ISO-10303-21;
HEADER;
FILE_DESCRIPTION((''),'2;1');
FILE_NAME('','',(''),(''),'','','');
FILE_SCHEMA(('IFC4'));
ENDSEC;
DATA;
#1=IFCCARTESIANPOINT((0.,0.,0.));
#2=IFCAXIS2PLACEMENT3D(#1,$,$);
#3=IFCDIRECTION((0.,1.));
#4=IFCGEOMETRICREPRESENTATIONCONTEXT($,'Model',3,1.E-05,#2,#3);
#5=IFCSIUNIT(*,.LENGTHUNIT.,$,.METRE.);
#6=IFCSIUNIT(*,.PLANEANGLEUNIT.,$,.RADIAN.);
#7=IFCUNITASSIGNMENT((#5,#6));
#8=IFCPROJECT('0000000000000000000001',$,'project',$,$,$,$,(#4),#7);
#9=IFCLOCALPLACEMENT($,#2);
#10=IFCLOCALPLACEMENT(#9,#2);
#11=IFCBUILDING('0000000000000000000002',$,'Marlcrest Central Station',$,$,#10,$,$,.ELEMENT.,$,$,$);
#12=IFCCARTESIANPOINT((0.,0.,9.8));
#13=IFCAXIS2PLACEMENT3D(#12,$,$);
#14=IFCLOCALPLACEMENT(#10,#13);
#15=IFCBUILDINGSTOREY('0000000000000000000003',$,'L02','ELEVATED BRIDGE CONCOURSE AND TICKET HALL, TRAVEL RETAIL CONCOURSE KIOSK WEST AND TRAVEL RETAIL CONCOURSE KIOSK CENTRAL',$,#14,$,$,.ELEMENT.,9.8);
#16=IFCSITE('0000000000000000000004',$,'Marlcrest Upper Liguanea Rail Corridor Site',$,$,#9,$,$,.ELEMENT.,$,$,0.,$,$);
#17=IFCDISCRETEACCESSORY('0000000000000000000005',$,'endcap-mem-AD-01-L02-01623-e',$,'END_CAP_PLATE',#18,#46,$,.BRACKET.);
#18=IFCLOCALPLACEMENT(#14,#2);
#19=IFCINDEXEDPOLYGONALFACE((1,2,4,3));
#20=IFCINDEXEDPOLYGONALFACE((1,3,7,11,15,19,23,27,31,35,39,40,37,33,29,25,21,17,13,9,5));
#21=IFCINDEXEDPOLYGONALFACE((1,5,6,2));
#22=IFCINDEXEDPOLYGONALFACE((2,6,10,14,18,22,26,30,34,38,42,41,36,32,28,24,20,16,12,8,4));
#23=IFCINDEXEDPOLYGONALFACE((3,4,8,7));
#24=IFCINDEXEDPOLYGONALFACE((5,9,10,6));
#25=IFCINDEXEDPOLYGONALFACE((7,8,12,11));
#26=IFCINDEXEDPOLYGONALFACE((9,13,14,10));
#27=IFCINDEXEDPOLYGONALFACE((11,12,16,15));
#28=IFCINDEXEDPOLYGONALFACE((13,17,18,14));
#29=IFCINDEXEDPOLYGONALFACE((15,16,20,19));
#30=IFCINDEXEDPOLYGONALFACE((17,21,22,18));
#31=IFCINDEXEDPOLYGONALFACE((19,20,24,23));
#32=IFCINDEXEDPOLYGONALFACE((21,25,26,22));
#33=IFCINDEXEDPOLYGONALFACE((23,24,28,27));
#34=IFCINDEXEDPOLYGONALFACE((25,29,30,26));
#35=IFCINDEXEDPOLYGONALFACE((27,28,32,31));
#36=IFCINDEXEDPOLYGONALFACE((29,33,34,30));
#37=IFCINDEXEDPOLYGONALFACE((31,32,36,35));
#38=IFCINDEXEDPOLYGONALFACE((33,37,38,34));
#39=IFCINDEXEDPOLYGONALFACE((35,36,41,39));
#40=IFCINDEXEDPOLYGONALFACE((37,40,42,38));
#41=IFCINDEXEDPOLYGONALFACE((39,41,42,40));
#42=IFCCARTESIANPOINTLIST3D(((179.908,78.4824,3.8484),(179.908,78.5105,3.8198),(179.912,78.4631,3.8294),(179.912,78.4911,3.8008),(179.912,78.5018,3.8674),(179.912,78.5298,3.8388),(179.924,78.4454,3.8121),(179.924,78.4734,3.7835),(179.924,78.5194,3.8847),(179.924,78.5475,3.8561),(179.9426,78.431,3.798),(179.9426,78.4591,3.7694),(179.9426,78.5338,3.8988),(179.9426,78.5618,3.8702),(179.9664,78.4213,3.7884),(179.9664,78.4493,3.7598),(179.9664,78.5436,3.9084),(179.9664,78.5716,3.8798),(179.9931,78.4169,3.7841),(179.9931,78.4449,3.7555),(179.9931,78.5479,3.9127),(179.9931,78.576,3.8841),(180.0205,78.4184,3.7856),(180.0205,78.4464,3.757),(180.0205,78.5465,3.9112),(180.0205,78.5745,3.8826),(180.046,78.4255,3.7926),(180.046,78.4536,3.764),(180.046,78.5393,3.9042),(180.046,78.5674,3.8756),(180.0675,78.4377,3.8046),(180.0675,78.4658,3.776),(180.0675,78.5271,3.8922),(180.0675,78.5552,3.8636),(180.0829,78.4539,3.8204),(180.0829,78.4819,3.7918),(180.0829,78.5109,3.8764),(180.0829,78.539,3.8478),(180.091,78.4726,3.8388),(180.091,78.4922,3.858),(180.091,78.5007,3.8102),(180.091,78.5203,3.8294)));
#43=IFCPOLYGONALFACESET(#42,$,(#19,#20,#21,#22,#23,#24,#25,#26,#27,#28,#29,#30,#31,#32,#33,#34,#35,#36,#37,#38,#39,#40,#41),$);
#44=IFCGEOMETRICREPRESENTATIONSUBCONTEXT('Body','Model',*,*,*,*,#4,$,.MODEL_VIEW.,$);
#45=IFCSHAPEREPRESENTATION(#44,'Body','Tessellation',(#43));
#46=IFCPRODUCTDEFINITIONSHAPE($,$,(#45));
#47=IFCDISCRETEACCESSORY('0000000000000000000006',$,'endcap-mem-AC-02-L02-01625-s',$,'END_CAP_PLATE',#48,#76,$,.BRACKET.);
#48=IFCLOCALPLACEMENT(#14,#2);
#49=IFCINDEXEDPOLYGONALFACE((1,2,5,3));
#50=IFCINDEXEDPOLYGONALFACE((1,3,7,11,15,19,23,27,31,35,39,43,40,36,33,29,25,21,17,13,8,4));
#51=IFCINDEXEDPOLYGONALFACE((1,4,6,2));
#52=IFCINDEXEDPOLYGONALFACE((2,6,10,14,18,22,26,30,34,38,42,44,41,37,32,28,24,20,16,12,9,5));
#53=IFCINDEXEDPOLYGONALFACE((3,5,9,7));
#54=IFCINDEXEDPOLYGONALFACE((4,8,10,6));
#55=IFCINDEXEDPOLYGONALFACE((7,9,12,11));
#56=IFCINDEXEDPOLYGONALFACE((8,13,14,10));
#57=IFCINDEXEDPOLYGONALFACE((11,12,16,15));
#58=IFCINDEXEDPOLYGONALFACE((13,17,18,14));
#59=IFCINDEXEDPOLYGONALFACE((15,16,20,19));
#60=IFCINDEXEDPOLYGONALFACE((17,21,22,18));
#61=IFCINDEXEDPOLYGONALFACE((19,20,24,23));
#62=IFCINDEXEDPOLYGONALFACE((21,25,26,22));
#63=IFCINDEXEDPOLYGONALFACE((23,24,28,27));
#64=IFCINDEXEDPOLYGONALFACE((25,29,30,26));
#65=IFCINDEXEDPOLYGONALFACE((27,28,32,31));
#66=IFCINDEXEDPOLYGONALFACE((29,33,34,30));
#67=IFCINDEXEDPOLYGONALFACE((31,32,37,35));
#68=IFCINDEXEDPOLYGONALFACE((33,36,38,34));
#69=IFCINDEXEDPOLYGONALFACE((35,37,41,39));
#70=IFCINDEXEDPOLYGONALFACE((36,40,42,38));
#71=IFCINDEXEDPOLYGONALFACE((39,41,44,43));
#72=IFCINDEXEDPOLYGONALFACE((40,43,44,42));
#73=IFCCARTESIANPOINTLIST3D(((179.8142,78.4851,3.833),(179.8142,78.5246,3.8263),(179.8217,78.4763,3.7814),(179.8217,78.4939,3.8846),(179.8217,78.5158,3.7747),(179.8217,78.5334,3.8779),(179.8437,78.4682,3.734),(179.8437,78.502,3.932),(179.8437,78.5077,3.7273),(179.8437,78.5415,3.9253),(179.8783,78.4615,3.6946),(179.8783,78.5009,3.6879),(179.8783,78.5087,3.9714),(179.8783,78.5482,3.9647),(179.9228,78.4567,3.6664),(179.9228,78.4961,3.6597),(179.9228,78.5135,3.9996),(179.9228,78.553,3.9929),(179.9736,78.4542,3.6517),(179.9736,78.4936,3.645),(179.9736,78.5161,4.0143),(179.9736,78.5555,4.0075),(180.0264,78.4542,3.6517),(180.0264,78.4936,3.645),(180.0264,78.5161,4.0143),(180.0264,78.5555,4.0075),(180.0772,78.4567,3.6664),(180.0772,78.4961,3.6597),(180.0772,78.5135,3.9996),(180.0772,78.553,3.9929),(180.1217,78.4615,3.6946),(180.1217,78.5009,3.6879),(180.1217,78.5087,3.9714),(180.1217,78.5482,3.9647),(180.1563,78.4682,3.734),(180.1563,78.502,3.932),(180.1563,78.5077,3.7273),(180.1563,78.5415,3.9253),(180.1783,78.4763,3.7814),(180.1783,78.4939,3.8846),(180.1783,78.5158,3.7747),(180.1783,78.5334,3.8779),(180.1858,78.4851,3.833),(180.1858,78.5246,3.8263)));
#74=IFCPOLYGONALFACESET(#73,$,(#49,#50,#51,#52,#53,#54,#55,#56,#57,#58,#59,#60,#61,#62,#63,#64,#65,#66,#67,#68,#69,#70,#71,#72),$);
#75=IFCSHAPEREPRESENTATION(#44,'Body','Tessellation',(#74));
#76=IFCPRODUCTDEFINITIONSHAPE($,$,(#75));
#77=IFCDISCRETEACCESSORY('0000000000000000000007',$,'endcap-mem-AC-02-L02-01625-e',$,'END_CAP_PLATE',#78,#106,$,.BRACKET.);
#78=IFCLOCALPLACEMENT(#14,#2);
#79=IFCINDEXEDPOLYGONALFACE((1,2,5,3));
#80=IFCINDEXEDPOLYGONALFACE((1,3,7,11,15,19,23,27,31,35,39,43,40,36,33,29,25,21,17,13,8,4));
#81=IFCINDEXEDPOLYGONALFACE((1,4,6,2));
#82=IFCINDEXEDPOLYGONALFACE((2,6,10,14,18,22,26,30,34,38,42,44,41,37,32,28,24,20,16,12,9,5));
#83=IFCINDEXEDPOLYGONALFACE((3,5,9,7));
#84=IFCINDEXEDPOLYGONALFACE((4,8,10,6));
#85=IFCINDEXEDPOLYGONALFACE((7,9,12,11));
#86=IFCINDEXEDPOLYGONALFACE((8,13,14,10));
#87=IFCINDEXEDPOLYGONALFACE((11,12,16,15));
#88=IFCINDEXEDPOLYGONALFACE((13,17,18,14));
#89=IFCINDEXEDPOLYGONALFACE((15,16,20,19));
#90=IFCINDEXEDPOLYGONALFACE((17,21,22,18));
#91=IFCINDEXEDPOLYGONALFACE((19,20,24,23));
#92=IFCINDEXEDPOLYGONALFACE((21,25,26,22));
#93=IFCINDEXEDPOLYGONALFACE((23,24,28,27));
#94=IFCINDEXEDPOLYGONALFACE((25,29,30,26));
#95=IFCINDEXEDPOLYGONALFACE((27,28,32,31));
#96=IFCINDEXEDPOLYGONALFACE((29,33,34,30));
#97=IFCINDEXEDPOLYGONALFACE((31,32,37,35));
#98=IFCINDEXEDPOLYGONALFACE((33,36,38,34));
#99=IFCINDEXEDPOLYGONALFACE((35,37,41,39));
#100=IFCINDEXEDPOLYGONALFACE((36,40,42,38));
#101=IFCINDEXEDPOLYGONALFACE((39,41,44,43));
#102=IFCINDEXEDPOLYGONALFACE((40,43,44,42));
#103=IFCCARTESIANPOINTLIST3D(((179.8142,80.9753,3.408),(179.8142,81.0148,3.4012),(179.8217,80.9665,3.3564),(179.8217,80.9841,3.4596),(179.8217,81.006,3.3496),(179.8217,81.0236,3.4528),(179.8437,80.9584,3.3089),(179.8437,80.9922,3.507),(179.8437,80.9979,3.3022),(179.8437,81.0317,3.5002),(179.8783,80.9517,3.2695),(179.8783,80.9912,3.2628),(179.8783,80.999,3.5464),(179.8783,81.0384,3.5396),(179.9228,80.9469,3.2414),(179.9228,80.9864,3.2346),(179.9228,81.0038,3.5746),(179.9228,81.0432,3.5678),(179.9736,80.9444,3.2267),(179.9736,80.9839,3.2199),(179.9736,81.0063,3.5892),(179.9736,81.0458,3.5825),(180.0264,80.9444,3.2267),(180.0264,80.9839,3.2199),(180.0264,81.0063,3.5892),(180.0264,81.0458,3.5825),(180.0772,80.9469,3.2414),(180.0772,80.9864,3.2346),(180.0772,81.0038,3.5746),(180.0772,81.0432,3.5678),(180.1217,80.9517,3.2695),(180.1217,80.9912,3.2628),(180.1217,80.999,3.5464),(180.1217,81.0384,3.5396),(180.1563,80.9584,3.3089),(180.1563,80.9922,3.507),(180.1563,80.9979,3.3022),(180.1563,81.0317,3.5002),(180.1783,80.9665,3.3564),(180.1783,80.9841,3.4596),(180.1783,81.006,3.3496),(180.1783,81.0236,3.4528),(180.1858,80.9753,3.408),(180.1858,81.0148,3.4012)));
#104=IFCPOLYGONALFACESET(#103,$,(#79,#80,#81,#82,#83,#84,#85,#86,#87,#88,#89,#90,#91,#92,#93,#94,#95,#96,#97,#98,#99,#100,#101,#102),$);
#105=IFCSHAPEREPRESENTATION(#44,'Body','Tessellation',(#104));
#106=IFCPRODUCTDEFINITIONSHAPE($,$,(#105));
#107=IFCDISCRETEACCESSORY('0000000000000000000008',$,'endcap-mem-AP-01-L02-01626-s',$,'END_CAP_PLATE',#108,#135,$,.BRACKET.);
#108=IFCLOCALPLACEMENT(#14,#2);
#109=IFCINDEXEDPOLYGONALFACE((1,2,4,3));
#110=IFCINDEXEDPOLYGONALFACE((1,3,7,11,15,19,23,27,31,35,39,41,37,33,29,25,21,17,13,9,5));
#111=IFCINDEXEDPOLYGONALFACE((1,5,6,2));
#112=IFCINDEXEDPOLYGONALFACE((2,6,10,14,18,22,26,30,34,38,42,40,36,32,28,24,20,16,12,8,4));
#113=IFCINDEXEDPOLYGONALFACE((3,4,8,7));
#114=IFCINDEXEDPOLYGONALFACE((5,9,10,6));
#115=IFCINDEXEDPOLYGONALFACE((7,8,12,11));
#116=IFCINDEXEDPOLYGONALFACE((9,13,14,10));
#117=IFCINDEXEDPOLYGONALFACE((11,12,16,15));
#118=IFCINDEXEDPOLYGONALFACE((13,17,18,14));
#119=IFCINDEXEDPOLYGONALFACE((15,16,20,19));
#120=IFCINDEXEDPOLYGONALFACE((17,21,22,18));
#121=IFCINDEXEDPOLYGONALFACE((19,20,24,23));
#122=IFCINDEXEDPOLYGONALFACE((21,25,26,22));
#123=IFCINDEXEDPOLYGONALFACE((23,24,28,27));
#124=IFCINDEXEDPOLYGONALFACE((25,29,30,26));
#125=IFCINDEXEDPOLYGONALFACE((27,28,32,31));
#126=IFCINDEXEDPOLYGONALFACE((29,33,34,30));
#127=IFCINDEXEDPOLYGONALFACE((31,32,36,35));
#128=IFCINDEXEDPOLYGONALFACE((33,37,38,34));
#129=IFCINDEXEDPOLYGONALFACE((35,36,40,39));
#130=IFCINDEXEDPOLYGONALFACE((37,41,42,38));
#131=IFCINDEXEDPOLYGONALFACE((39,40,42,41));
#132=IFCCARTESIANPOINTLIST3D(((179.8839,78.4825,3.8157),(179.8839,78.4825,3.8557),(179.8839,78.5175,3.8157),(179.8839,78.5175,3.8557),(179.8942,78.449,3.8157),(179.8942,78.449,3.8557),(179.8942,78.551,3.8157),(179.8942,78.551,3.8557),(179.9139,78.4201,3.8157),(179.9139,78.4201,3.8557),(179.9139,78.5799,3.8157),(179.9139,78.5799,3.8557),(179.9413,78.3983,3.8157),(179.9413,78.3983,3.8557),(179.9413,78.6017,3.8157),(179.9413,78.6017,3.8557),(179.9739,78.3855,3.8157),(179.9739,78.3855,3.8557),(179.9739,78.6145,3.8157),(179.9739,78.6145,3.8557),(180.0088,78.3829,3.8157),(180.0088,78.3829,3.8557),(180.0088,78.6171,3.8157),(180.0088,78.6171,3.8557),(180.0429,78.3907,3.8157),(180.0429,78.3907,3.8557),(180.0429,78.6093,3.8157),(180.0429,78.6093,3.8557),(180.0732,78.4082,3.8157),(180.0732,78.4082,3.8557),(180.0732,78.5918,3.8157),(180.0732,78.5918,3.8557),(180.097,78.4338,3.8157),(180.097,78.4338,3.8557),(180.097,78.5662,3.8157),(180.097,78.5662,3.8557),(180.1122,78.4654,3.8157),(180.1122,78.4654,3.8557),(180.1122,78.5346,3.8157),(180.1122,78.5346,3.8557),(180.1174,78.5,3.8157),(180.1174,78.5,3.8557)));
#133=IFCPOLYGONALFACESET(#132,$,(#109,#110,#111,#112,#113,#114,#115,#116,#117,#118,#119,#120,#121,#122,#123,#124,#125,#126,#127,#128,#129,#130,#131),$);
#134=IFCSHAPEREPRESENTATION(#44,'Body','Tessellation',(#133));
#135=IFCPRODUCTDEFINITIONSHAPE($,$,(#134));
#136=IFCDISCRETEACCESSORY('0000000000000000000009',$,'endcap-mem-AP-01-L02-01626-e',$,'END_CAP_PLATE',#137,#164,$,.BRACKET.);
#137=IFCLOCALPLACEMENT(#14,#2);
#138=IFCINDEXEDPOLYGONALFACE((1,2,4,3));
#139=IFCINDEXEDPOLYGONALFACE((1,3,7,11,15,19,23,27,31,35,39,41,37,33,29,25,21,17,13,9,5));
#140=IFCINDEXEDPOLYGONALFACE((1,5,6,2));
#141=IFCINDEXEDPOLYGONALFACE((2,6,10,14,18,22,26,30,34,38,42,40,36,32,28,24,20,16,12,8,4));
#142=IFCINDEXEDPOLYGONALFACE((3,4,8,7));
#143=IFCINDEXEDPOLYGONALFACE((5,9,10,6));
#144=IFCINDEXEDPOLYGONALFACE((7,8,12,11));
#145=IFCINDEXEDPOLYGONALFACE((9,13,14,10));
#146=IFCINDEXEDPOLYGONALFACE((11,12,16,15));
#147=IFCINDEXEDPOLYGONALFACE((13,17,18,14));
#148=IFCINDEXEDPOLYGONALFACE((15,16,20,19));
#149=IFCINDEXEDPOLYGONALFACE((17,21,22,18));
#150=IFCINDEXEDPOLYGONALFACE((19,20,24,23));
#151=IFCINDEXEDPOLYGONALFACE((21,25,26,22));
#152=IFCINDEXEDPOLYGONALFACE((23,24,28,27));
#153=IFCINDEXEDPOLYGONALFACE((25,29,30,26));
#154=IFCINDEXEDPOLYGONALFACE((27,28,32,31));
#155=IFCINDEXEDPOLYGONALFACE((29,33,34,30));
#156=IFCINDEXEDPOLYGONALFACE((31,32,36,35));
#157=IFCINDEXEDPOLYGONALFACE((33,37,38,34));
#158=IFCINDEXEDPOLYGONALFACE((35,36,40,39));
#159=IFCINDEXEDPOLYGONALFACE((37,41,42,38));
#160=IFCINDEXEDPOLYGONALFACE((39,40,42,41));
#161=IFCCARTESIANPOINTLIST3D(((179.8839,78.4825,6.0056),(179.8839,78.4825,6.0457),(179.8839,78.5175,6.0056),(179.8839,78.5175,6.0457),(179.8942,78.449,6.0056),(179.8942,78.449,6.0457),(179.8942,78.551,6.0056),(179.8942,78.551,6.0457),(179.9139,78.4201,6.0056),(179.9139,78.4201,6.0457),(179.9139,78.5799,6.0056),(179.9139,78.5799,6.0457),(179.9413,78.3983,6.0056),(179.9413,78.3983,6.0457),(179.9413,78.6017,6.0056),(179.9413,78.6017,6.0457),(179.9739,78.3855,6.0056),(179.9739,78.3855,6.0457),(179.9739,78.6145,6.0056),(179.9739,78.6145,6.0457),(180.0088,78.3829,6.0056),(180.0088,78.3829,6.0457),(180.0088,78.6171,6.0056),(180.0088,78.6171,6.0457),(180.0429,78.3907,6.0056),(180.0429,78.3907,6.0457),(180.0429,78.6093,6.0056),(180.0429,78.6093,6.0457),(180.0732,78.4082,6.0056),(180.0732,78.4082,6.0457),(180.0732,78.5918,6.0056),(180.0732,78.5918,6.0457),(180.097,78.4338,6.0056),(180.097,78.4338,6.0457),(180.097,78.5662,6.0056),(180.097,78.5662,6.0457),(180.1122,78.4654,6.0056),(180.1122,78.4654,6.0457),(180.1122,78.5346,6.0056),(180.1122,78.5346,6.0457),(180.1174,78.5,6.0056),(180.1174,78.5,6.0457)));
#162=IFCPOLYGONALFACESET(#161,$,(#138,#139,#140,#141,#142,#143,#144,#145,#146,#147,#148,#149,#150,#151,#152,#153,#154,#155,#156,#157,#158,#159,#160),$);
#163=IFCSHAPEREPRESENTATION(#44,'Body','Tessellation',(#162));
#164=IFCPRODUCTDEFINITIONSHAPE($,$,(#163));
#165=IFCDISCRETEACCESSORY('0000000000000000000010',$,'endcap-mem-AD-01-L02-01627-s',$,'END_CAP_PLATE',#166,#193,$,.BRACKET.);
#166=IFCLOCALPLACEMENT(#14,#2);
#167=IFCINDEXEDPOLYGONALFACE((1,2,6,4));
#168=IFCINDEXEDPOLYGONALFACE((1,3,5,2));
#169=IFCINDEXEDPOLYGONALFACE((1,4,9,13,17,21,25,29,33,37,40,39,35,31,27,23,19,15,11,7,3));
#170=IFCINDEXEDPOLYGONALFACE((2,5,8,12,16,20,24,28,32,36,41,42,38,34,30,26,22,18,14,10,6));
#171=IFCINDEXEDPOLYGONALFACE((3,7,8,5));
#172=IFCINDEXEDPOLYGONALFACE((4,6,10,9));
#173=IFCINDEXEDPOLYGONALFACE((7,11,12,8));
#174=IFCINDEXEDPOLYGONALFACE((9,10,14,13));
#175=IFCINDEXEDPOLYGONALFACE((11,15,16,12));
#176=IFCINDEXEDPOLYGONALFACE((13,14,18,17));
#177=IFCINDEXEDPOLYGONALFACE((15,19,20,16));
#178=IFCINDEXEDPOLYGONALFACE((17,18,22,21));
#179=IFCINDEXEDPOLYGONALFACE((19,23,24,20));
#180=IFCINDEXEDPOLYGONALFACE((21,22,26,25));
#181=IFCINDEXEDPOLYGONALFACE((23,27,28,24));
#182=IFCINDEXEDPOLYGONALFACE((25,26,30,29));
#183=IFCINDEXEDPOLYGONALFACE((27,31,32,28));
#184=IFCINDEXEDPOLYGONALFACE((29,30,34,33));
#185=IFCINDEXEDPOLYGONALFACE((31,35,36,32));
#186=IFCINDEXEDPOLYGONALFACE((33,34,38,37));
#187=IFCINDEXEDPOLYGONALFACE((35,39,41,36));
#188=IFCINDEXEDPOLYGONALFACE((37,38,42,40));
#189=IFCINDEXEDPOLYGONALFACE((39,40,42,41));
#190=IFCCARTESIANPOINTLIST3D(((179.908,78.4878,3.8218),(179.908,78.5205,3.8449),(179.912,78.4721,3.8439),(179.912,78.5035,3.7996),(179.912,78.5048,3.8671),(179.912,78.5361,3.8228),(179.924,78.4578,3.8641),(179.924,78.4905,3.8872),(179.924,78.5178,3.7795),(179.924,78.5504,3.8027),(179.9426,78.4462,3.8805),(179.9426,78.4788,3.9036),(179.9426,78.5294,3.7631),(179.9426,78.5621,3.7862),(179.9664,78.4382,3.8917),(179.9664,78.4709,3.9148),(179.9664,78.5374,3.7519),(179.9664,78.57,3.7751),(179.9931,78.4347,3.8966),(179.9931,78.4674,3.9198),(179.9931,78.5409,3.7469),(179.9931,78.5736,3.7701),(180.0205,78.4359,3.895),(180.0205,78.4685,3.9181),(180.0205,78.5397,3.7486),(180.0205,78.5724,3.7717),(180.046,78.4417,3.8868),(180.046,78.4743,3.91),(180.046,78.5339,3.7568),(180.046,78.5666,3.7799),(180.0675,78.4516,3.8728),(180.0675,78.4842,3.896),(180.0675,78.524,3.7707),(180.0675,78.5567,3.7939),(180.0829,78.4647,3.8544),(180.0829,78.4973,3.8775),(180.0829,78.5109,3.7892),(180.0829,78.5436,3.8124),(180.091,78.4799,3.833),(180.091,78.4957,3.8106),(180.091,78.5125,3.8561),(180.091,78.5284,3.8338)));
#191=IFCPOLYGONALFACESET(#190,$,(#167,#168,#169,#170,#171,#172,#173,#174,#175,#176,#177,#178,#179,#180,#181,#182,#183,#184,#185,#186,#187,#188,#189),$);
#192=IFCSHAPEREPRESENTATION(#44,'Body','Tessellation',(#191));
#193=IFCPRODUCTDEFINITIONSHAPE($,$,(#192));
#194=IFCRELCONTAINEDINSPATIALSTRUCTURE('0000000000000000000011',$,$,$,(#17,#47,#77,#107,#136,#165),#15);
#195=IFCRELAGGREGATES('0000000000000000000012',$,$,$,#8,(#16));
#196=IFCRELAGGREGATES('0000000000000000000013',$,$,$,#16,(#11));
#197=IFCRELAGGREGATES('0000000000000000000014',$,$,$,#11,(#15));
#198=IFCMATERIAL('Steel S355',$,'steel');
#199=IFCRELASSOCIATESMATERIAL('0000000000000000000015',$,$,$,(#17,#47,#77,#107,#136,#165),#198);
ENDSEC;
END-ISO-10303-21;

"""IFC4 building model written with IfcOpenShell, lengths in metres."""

from ifc_helpers import new_model, si_unit, direction, frame, origin, origin_2d, place, context, subcontext, project, spatial, circle, extrude, material, element, save


model = new_model("IFC4")

# Units and contexts
model_context = context("Model", 3, precision=1e-05, world=origin(), true_north=direction((0.0, 1.0)))
body_context = subcontext(model_context, "Body", "Model", "MODEL_VIEW")
ifc_project = project(units=[si_unit("LENGTHUNIT", "METRE"), si_unit("PLANEANGLEUNIT", "RADIAN")], contexts=[model_context])

# Site, building, storey
site_placement = place(None, origin())
site = spatial("IfcSite", under=ifc_project, at=site_placement, Name="Marlcrest Upper Liguanea Rail Corridor Site", CompositionType="ELEMENT", RefElevation=0.0)
building_placement = place(site_placement, origin())
building = spatial("IfcBuilding", under=site, at=building_placement, Name="Marlcrest Central Station", CompositionType="ELEMENT")
storey_placement = place(building_placement, frame((0.0, 0.0, 9.8)))
storey = spatial("IfcBuildingStorey", under=building, at=storey_placement, Name="L02", Description="ELEVATED BRIDGE CONCOURSE AND TICKET HALL, TRAVEL RETAIL CONCOURSE KIOSK WEST AND TRAVEL RETAIL CONCOURSE KIOSK CENTRAL", CompositionType="ELEMENT", Elevation=9.8)

# Shared definitions
ifc_material_1 = material(Name="Steel S355", Category="steel")

# Discrete accessories
discrete_accessory_1_placement = place(storey_placement, frame((180.0, 78.4824, 3.8484), z_axis=(0.0, 0.700235, -0.713912), x_axis=(-1.0, 0.0, 0.0)))
element("IfcDiscreteAccessory", 1, at=discrete_accessory_1_placement, inside=storey, material=ifc_material_1, Name="endcap-mem-AD-01-L02-01623-e", ObjectType="END_CAP_PLATE", PredefinedType="BRACKET", context=body_context, shape_type="SweptSolid", body=[
    extrude(circle(Radius=0.092, at=origin_2d()), origin(), (0.0, 0.0, 1.0), 0.04),
])
for number, where, z_axis, x_axis, name in (
    (2, (180.0, 78.4851, 3.833), (0.0, 0.985741, -0.168269), (-1.0, 0.0, 0.0), "endcap-mem-AC-02-L02-01625-s"),
    (3, (180.0, 80.9753, 3.408), (0.0, 0.985741, -0.168269), (-1.0, 0.0, 0.0), "endcap-mem-AC-02-L02-01625-e"),
):
    element("IfcDiscreteAccessory", number, at=place(storey_placement, frame(where, z_axis=z_axis, x_axis=x_axis)), inside=storey, material=ifc_material_1, Name=name, ObjectType="END_CAP_PLATE", PredefinedType="BRACKET", context=body_context, shape_type="SweptSolid", body=[
        extrude(circle(Radius=0.1858, at=origin_2d()), origin(), (0.0, 0.0, 1.0), 0.04),
    ])
for number, where, z_axis, x_axis, name in (
    (4, (180.0, 78.5, 3.8157), (0.0, 0.0, 1.0), (1.0, 0.0, 0.0), "endcap-mem-AP-01-L02-01626-s"),
    (5, (180.0, 78.5, 6.0056), (0.0, 0.0, 1.0), (1.0, 0.0, 0.0), "endcap-mem-AP-01-L02-01626-e"),
):
    element("IfcDiscreteAccessory", number, at=place(storey_placement, frame(where, z_axis=z_axis, x_axis=x_axis)), inside=storey, material=ifc_material_1, Name=name, ObjectType="END_CAP_PLATE", PredefinedType="BRACKET", context=body_context, shape_type="SweptSolid", body=[
        extrude(circle(Radius=0.1174, at=origin_2d()), origin(), (0.0, 0.0, 1.0), 0.04),
    ])
for number, where, z_axis, x_axis, name in (
    (6, (180.0, 78.4878, 3.8218), (0.0, 0.815661, 0.57853), (-1.0, 0.0, 0.0), "endcap-mem-AD-01-L02-01627-s"),
):
    element("IfcDiscreteAccessory", number, at=place(storey_placement, frame(where, z_axis=z_axis, x_axis=x_axis)), inside=storey, material=ifc_material_1, Name=name, ObjectType="END_CAP_PLATE", PredefinedType="BRACKET", context=body_context, shape_type="SweptSolid", body=[
        extrude(circle(Radius=0.092, at=origin_2d()), origin(), (0.0, 0.0, 1.0), 0.04),
    ])

save(model, "model.ifc")
